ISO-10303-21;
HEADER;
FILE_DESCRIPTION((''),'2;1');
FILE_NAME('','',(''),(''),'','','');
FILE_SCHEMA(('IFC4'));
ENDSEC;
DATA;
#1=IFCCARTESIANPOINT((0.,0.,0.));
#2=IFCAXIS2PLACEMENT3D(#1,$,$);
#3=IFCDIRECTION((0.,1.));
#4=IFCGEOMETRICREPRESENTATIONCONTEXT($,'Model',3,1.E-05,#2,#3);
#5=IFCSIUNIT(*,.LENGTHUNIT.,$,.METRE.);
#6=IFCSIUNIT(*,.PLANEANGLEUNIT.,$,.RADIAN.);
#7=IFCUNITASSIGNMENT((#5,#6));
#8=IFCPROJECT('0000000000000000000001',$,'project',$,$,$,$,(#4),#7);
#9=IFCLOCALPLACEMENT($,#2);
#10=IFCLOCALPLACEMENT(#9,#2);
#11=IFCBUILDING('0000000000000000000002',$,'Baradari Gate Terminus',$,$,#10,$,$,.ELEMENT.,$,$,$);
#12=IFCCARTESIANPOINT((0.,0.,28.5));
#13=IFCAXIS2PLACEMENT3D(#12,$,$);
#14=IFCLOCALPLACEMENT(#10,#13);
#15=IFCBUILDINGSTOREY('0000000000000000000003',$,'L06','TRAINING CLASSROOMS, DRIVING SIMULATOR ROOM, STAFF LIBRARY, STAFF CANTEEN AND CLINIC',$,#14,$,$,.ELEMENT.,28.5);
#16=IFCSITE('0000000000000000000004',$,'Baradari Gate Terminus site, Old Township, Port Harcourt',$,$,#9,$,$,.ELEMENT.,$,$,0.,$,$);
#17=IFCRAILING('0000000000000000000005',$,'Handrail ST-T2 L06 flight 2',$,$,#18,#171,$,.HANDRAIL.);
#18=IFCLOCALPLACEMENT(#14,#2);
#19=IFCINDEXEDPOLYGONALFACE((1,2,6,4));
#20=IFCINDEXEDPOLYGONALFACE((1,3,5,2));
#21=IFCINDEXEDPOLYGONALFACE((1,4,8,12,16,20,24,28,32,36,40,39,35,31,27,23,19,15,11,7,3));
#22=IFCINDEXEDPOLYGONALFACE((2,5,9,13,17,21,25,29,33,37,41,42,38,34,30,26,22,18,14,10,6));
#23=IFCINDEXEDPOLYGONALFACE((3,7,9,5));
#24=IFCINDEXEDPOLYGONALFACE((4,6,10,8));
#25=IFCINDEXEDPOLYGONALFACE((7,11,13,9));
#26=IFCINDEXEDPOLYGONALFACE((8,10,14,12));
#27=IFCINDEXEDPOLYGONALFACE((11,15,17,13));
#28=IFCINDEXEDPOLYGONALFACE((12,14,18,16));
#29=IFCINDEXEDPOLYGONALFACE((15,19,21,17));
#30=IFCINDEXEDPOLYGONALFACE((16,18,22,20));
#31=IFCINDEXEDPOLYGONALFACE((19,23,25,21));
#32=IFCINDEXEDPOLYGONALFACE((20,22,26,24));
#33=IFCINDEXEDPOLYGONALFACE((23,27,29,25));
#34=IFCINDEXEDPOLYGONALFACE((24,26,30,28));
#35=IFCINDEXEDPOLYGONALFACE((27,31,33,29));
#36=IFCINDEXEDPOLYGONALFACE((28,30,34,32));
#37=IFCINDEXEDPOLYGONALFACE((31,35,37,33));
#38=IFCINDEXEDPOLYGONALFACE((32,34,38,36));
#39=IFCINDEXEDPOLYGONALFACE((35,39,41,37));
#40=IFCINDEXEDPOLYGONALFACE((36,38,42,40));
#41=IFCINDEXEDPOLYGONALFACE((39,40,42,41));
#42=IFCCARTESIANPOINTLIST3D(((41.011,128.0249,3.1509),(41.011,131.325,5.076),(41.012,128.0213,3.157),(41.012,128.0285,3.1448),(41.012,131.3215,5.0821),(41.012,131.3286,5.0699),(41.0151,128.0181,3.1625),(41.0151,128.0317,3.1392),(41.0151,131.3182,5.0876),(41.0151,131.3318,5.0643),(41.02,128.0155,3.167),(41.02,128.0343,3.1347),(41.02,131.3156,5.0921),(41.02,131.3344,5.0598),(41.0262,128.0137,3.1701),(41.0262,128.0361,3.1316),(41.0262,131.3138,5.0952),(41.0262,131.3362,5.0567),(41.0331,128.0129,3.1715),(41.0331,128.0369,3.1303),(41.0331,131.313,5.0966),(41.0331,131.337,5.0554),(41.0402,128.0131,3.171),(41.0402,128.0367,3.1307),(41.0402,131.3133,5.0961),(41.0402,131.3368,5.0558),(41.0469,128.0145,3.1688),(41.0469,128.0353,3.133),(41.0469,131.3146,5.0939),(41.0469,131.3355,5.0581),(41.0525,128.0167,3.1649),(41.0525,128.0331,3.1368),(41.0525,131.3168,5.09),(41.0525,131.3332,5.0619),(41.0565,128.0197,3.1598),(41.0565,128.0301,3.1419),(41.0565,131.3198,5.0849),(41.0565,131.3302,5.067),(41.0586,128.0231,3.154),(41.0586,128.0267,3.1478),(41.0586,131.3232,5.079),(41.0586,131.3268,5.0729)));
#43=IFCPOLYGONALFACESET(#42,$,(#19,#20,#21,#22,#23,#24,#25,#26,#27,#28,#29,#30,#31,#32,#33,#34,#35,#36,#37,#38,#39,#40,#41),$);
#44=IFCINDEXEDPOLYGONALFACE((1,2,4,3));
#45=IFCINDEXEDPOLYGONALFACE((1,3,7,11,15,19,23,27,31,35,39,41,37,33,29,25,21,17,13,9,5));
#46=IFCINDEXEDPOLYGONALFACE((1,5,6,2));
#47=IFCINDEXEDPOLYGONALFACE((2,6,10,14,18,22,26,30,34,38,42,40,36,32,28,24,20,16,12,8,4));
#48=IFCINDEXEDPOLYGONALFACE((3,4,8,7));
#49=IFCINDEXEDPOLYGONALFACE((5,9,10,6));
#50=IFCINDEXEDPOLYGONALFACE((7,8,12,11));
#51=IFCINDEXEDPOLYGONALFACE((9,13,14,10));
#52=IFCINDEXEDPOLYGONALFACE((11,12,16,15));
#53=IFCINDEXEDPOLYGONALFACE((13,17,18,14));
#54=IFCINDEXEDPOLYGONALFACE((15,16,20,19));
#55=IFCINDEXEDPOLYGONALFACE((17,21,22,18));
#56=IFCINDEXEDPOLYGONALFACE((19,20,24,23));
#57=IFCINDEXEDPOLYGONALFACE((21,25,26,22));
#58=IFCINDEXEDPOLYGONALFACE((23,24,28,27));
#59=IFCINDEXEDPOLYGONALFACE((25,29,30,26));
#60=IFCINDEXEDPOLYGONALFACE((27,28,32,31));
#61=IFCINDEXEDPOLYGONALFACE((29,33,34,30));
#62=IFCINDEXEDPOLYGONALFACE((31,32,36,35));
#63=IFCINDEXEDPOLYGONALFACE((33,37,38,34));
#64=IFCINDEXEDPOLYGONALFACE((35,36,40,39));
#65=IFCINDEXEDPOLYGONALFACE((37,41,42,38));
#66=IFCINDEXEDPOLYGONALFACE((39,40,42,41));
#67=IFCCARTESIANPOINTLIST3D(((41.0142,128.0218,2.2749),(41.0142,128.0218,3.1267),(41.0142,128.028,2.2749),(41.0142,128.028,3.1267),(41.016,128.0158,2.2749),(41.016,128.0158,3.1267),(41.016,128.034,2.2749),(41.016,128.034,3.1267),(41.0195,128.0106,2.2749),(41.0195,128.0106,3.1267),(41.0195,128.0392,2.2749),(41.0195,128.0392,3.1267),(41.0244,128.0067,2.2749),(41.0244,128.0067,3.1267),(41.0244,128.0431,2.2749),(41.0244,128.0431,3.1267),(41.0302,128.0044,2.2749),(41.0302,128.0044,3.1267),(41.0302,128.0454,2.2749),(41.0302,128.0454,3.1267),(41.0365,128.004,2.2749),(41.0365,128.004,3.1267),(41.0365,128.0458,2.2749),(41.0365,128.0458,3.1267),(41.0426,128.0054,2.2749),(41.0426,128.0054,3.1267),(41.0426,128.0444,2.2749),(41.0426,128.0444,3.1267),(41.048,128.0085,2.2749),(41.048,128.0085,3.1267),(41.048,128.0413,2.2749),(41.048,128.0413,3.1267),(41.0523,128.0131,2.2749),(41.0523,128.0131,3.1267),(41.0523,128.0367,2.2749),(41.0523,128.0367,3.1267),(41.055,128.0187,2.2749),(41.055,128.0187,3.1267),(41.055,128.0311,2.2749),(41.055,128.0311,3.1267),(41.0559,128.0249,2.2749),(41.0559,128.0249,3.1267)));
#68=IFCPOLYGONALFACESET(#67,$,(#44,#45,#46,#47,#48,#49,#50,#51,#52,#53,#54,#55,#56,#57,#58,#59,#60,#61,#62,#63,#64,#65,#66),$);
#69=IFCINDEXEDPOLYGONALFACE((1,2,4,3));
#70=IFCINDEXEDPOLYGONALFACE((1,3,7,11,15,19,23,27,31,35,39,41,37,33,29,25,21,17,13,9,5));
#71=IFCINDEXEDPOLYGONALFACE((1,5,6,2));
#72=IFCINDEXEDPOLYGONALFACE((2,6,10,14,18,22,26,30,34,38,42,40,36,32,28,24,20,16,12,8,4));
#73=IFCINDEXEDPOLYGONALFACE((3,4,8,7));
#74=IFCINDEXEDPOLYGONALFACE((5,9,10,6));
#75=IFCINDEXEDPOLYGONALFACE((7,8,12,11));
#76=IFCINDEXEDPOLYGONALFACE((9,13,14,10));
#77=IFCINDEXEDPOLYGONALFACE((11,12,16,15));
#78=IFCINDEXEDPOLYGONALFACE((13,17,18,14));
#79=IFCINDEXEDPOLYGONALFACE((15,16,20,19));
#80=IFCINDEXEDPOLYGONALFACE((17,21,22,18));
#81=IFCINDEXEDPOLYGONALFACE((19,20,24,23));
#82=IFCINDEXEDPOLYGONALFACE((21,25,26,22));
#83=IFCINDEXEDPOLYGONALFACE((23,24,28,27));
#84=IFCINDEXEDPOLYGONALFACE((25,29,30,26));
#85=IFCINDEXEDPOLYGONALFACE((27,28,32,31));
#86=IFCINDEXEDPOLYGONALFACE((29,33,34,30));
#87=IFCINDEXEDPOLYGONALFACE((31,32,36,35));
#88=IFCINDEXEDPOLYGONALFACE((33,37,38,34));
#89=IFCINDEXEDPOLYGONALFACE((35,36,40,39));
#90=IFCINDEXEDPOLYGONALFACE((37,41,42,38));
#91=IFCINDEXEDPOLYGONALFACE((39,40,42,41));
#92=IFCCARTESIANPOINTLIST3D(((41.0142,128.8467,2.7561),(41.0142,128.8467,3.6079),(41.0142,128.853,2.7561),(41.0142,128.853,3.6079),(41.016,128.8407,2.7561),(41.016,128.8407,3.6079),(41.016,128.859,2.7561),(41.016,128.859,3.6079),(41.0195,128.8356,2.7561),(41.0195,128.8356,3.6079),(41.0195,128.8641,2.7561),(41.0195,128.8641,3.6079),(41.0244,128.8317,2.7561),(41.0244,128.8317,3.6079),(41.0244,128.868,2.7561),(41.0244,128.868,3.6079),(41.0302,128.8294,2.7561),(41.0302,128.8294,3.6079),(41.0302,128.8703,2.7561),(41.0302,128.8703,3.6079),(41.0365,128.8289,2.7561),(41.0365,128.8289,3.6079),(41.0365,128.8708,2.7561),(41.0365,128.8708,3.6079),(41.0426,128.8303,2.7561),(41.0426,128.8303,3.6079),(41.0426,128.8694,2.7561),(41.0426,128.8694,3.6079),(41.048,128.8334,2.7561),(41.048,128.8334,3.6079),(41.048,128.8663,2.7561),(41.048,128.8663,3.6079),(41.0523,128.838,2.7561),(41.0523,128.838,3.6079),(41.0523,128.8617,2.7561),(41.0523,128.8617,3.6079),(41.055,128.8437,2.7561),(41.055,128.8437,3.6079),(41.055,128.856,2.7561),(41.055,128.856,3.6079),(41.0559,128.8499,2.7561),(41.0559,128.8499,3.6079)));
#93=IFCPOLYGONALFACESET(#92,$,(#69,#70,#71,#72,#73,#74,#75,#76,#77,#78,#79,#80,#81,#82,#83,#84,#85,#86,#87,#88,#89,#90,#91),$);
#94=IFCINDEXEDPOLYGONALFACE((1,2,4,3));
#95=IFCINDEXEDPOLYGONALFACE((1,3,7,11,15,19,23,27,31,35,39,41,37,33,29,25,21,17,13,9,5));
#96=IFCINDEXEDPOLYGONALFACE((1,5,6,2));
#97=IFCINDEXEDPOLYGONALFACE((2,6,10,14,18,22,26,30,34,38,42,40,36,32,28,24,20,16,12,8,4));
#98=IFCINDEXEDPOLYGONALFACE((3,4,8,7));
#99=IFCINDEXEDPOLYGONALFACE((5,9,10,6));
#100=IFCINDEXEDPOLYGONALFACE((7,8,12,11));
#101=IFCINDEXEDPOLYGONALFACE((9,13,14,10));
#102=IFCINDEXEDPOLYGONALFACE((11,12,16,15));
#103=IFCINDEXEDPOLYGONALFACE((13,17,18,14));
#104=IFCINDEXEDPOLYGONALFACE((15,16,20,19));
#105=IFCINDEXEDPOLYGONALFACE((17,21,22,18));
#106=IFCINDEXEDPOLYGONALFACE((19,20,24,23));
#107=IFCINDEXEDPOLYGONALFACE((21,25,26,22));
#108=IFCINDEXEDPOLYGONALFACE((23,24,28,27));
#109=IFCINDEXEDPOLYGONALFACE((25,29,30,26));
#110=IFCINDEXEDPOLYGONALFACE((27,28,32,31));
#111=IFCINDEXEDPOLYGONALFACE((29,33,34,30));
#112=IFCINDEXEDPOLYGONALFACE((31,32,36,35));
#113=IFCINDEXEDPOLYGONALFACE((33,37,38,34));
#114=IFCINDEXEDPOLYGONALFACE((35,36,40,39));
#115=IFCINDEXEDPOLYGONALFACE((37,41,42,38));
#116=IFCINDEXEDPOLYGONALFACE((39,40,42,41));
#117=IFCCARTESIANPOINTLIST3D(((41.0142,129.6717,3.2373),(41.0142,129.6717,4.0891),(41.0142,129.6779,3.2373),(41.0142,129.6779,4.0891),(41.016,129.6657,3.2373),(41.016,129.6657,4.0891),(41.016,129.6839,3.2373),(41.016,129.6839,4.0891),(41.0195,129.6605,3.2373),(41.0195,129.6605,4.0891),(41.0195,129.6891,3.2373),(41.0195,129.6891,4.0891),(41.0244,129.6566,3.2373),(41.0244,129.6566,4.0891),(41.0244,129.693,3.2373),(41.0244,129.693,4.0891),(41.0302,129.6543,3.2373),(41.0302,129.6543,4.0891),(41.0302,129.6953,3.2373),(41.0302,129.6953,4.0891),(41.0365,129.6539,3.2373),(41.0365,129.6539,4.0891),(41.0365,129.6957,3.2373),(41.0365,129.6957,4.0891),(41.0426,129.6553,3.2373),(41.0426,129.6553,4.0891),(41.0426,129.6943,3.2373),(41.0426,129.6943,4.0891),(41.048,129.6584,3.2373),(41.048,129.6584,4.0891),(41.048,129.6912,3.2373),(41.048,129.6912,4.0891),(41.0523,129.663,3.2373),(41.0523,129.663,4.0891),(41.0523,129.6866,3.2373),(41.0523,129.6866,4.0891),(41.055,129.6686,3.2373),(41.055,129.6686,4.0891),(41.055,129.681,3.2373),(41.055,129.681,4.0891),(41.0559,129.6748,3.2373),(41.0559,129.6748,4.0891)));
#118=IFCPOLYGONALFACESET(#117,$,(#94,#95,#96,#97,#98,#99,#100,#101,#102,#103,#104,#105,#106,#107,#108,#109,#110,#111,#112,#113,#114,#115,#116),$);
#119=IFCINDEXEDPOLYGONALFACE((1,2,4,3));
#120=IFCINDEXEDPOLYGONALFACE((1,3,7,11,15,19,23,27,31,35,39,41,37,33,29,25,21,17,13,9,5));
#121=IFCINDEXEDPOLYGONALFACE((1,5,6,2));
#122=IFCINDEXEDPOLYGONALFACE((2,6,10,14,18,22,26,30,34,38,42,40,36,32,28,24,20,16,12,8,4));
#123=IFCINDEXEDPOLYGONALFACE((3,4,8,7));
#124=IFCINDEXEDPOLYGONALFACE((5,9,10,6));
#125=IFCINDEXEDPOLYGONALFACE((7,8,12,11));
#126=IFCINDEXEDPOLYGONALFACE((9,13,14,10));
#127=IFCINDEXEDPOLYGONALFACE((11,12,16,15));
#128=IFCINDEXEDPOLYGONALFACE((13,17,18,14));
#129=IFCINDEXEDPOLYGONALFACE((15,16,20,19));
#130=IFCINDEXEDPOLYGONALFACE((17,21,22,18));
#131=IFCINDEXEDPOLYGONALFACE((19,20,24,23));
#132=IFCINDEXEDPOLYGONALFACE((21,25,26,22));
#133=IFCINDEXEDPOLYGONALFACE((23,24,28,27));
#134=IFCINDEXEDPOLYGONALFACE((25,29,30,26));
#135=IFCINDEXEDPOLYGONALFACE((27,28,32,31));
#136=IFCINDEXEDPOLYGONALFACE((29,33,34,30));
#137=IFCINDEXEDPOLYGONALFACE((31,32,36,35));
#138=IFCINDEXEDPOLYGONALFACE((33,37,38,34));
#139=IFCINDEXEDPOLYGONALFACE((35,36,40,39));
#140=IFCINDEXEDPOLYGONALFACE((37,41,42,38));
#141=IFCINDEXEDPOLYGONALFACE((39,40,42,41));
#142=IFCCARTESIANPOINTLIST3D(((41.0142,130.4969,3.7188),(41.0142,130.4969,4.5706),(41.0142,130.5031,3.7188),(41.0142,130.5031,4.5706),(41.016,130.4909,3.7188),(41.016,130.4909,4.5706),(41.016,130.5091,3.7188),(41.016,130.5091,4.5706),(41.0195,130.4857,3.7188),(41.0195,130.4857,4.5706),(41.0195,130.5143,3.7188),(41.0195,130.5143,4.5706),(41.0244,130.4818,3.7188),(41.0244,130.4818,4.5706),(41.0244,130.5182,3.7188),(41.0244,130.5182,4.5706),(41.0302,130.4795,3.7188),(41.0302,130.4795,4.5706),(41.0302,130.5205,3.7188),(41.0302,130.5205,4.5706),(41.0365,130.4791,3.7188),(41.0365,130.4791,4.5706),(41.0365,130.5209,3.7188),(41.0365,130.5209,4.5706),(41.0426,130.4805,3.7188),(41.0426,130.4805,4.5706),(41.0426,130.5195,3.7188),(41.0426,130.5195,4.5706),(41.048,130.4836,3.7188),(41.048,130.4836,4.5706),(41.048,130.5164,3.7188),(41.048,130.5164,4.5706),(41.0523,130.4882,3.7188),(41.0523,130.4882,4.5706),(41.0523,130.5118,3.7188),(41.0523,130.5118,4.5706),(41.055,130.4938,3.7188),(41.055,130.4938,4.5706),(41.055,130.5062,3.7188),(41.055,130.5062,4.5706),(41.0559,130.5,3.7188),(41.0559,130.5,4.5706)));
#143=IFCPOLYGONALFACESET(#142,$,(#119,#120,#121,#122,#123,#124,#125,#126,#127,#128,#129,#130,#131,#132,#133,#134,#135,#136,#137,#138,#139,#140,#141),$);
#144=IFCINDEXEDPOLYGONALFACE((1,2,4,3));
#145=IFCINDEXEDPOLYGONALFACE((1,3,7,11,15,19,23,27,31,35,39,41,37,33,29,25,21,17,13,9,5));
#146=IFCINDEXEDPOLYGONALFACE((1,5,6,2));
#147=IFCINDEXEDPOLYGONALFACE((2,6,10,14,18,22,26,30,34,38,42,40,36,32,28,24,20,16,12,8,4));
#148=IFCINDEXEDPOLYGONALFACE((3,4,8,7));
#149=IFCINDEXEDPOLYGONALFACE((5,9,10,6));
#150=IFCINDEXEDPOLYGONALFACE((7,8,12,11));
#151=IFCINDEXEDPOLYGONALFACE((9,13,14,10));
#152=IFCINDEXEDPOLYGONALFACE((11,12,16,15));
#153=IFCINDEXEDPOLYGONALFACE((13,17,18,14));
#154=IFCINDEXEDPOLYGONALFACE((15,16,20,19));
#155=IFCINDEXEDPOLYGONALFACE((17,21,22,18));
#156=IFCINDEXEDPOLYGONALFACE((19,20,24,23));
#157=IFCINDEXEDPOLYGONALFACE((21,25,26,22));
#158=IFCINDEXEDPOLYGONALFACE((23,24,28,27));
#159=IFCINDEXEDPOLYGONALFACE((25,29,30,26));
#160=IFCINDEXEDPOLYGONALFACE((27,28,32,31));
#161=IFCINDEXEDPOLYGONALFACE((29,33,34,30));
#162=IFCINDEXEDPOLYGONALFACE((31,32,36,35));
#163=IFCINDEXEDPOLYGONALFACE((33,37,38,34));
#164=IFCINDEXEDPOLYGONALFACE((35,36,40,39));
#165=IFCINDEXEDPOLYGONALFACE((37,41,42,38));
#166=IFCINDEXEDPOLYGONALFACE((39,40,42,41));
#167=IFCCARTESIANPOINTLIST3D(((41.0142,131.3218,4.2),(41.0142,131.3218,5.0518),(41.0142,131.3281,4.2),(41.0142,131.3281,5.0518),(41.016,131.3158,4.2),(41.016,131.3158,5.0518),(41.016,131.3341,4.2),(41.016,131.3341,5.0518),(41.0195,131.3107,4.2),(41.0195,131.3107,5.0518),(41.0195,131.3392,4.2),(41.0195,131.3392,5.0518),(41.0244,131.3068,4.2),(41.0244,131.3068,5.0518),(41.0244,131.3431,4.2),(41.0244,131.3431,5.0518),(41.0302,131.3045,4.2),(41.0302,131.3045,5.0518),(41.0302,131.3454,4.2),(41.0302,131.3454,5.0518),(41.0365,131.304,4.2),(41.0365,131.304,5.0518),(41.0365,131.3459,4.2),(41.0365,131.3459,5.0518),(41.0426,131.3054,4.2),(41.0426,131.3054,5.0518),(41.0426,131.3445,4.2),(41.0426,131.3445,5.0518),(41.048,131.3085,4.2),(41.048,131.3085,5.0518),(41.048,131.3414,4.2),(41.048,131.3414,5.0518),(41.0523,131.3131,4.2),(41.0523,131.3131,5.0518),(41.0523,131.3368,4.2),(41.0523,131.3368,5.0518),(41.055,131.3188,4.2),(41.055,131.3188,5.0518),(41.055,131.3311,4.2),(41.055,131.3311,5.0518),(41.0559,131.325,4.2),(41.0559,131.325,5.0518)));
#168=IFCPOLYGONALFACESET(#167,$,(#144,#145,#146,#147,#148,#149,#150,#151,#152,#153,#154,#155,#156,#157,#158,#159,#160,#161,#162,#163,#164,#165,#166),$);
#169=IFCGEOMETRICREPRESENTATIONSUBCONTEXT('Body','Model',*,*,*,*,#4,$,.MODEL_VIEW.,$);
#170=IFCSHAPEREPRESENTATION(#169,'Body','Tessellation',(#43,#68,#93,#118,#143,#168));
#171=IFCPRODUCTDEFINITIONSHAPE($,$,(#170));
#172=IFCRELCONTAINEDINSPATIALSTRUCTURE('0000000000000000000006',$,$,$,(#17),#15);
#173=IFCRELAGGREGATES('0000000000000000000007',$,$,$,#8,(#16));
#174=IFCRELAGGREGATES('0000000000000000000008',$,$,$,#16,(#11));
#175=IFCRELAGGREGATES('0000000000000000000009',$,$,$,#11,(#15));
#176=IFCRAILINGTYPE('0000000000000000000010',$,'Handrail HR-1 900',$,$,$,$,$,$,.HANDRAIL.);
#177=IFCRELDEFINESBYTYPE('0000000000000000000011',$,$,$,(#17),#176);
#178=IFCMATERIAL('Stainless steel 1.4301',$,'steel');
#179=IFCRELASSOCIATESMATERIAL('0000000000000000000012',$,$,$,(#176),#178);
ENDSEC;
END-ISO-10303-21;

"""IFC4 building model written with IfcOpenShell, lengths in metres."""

from ifc_helpers import new_model, si_unit, direction, frame, origin, origin_2d, place, context, subcontext, project, spatial, circle, extrude, material, type_object, element, save


model = new_model("IFC4")

# Units and contexts
model_context = context("Model", 3, precision=1e-05, world=origin(), true_north=direction((0.0, 1.0)))
body_context = subcontext(model_context, "Body", "Model", "MODEL_VIEW")
ifc_project = project(units=[si_unit("LENGTHUNIT", "METRE"), si_unit("PLANEANGLEUNIT", "RADIAN")], contexts=[model_context])

# Site, building, storey
site_placement = place(None, origin())
site = spatial("IfcSite", under=ifc_project, at=site_placement, Name="Baradari Gate Terminus site, Old Township, Port Harcourt", CompositionType="ELEMENT", RefElevation=0.0)
building_placement = place(site_placement, origin())
building = spatial("IfcBuilding", under=site, at=building_placement, Name="Baradari Gate Terminus", CompositionType="ELEMENT")
storey_placement = place(building_placement, frame((0.0, 0.0, 28.5)))
storey = spatial("IfcBuildingStorey", under=building, at=storey_placement, Name="L06", Description="TRAINING CLASSROOMS, DRIVING SIMULATOR ROOM, STAFF LIBRARY, STAFF CANTEEN AND CLINIC", CompositionType="ELEMENT", Elevation=28.5)

# Railing
ifc_material_1 = material(Name="Stainless steel 1.4301", Category="steel")
railing_type = type_object("IfcRailingType", Name="Handrail HR-1 900", PredefinedType="HANDRAIL", material=ifc_material_1)
for number, where, name in (
    (1, (41.0349, 128.0249, 2.2749), "Handrail ST-T2 L06 flight 2"),
):
    element("IfcRailing", number, at=place(storey_placement, frame(where)), inside=storey, type_object=railing_type, Name=name, PredefinedType="HANDRAIL", context=body_context, shape_type="SweptSolid", body=[
        extrude(circle(Radius=0.0239, at=origin_2d()), frame((0.0, 0.0, 0.876), z_axis=(0.0, 0.863777, 0.503875), x_axis=(-1.0, 0.0, 0.0)), (0.0, 0.0, 1.0), 3.8206),
        extrude(circle(Radius=0.021, at=origin_2d()), origin(), (0.0, 0.0, 1.0), 0.8518),
        extrude(circle(Radius=0.021, at=origin_2d()), frame((0.0, 0.825, 0.4812)), (0.0, 0.0, 1.0), 0.8518),
        extrude(circle(Radius=0.021, at=origin_2d()), frame((0.0, 1.6499, 0.9624)), (0.0, 0.0, 1.0), 0.8518),
        extrude(circle(Radius=0.021, at=origin_2d()), frame((0.0, 2.4751, 1.4438)), (0.0, 0.0, 1.0), 0.8518),
        extrude(circle(Radius=0.021, at=origin_2d()), frame((0.0, 3.3, 1.925)), (0.0, 0.0, 1.0), 0.8518),
    ])

save(model, "model.ifc")
